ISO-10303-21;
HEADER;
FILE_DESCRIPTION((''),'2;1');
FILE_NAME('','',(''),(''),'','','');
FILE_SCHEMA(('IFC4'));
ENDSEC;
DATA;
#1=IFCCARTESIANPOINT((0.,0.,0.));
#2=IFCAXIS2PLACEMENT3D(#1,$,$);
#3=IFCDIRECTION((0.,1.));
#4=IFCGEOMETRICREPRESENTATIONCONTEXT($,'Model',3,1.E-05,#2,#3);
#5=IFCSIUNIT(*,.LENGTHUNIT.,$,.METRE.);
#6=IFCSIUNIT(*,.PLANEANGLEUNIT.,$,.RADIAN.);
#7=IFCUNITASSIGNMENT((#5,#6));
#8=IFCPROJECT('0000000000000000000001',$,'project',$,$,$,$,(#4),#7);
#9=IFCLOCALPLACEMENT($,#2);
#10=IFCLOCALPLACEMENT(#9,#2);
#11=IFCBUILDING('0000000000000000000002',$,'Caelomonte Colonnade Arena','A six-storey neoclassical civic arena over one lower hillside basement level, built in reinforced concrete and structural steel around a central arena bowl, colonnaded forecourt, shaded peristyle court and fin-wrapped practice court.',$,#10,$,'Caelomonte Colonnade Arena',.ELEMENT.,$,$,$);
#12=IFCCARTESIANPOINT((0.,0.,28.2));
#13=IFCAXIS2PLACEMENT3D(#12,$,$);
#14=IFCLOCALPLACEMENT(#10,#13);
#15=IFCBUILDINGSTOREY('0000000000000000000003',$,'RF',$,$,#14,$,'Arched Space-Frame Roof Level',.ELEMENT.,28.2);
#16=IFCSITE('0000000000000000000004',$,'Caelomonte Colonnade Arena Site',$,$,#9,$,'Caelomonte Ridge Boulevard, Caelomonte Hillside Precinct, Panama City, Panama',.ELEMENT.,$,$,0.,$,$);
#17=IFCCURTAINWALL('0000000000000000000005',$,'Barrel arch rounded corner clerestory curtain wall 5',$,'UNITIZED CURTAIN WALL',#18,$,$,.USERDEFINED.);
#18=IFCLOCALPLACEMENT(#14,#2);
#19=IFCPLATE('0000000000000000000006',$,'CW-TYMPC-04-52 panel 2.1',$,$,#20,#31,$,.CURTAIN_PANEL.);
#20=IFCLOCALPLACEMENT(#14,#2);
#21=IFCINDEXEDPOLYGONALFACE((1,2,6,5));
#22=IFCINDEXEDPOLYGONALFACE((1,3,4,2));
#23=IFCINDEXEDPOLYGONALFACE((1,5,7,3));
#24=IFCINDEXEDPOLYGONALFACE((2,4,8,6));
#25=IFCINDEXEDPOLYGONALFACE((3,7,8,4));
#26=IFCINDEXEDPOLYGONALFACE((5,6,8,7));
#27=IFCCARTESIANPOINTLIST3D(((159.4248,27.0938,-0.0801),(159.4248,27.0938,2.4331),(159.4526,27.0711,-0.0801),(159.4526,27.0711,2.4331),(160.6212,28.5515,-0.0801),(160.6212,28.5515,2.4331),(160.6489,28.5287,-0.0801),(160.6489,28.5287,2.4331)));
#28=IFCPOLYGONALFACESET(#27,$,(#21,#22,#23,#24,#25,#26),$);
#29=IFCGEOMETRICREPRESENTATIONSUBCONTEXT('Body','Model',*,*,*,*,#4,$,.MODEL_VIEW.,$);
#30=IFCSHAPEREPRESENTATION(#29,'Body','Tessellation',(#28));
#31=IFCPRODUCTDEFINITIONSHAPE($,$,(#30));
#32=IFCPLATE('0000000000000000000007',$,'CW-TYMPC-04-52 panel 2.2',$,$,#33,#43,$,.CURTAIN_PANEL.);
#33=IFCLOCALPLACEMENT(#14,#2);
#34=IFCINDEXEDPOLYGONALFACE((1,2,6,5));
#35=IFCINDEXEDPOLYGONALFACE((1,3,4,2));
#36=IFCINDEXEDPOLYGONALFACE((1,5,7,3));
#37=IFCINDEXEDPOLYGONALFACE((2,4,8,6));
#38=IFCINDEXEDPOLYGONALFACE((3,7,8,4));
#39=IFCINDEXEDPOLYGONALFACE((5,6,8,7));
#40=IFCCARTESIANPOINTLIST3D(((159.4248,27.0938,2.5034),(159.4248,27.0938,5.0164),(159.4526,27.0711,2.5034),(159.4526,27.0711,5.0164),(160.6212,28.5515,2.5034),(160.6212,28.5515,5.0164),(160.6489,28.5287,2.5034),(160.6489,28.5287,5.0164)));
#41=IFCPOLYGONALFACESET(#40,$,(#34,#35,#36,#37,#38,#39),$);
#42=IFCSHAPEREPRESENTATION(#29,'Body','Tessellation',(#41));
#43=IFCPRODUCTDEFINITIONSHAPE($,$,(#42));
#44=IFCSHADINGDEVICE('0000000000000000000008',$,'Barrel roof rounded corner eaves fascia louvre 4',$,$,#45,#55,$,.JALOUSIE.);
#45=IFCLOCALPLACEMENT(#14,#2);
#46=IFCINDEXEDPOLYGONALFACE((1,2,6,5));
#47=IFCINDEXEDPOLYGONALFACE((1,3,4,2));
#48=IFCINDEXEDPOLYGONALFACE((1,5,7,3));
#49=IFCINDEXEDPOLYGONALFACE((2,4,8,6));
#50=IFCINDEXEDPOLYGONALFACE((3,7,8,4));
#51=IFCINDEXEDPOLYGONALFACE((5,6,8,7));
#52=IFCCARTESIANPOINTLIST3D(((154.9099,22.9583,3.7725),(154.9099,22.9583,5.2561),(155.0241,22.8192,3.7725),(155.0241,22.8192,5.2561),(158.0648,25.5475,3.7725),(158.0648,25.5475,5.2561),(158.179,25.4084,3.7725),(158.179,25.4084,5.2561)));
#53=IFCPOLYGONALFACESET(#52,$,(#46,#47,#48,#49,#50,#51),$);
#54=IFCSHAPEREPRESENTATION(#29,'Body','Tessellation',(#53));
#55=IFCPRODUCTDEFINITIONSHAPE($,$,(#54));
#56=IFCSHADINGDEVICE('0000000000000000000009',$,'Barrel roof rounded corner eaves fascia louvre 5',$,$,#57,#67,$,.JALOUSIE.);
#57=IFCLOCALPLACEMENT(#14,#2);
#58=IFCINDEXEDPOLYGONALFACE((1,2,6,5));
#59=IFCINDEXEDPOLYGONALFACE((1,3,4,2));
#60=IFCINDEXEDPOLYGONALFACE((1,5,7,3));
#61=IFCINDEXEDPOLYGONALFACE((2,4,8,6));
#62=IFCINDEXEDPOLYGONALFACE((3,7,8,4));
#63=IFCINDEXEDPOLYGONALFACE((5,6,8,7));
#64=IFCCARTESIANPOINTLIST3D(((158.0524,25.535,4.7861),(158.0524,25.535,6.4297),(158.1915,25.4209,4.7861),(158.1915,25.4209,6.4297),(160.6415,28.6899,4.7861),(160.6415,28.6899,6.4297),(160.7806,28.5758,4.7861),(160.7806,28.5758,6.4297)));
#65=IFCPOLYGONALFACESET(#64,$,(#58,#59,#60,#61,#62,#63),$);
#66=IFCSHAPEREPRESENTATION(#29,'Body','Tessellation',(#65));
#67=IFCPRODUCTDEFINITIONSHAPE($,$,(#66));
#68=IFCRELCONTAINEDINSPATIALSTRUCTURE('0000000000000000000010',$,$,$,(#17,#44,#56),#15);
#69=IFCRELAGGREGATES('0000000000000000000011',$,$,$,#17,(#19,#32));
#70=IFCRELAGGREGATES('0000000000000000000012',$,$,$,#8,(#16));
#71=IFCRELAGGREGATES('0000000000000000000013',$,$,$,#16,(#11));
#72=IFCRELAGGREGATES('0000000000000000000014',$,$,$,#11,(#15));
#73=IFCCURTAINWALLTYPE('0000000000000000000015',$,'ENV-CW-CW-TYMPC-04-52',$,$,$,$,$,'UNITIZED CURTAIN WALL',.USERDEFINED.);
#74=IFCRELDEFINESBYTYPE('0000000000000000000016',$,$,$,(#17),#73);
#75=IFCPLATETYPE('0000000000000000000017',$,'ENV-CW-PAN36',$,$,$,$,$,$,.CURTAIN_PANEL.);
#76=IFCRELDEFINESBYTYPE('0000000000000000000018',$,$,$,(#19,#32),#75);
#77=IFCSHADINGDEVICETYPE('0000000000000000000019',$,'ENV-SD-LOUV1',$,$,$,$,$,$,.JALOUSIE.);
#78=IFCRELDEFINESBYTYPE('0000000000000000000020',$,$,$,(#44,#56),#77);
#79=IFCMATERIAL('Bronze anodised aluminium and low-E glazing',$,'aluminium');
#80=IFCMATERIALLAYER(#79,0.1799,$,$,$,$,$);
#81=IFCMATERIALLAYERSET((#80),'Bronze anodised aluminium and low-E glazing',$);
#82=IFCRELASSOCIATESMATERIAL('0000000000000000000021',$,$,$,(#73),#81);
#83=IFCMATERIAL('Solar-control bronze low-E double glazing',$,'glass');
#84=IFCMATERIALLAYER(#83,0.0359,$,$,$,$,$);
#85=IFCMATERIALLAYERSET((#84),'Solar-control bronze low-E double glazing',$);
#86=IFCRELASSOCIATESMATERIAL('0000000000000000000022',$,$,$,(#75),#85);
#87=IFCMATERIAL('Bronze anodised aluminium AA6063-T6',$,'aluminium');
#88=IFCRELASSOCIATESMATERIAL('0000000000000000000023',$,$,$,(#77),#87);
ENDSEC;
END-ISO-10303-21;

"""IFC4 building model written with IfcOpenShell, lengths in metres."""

from ifc_helpers import new_model, si_unit, direction, frame, origin, origin_2d, place, context, subcontext, project, spatial, rectangle, extrude, material, layer, layer_set, type_object, element, aggregate, save


model = new_model("IFC4")

# Units and contexts
model_context = context("Model", 3, precision=1e-05, world=origin(), true_north=direction((0.0, 1.0)))
body_context = subcontext(model_context, "Body", "Model", "MODEL_VIEW")
ifc_project = project(units=[si_unit("LENGTHUNIT", "METRE"), si_unit("PLANEANGLEUNIT", "RADIAN")], contexts=[model_context])

# Site, building, storey
site_placement = place(None, origin())
site = spatial("IfcSite", under=ifc_project, at=site_placement, Name="Caelomonte Colonnade Arena Site", LongName="Caelomonte Ridge Boulevard, Caelomonte Hillside Precinct, Panama City, Panama", CompositionType="ELEMENT", RefElevation=0.0)
building_placement = place(site_placement, origin())
building = spatial("IfcBuilding", under=site, at=building_placement, Name="Caelomonte Colonnade Arena", Description="A six-storey neoclassical civic arena over one lower hillside basement level, built in reinforced concrete and structural steel around a central arena bowl, colonnaded forecourt, shaded peristyle court and fin-wrapped practice court.", LongName="Caelomonte Colonnade Arena", CompositionType="ELEMENT")
storey_placement = place(building_placement, frame((0.0, 0.0, 28.2)))
storey = spatial("IfcBuildingStorey", under=building, at=storey_placement, Name="RF", LongName="Arched Space-Frame Roof Level", CompositionType="ELEMENT", Elevation=28.2)

# Shared definitions
ifc_material_1 = material(Name="Bronze anodised aluminium and low-E glazing", Category="aluminium")
ifc_material_2 = material(Name="Bronze anodised aluminium AA6063-T6", Category="aluminium")

# Curtain wall
ifc_layer_1 = layer(ifc_material_1, 0.1799)
ifc_layer_set_1 = layer_set([ifc_layer_1], Name="Bronze anodised aluminium and low-E glazing")
curtain_wall_type_1 = type_object("IfcCurtainWallType", Name="ENV-CW-CW-TYMPC-04-52", ElementType="UNITIZED CURTAIN WALL", PredefinedType="USERDEFINED", material=ifc_layer_set_1)
curtain_wall_1_placement = place(storey_placement, origin())
curtain_wall_1 = element("IfcCurtainWall", 1, at=curtain_wall_1_placement, inside=storey, type_object=curtain_wall_type_1, Name="Barrel arch rounded corner clerestory curtain wall 5", ObjectType="UNITIZED CURTAIN WALL", PredefinedType="USERDEFINED")

# Plates
ifc_material_3 = material(Name="Solar-control bronze low-E double glazing", Category="glass")
ifc_layer_2 = layer(ifc_material_3, 0.0359)
ifc_layer_set_2 = layer_set([ifc_layer_2], Name="Solar-control bronze low-E double glazing")
plate_type = type_object("IfcPlateType", Name="ENV-CW-PAN36", PredefinedType="CURTAIN_PANEL", material=ifc_layer_set_2)
plate_1_placement = place(storey_placement, frame((160.0369, 27.8113, -0.0801), z_axis=(0.0, 0.0, 1.0), x_axis=(0.634405, 0.773001, 0.0)))
plate_1 = element("IfcPlate", 2, at=plate_1_placement, type_object=plate_type, Name="CW-TYMPC-04-52 panel 2.1", PredefinedType="CURTAIN_PANEL", context=body_context, shape_type="SweptSolid", body=[
    extrude(rectangle(XDim=1.8857, YDim=0.0359, at=origin_2d()), origin(), (0.0, 0.0, 1.0), 2.5132),
])
plate_2_placement = place(storey_placement, frame((160.0369, 27.8113, 2.5034), z_axis=(0.0, 0.0, 1.0), x_axis=(0.634405, 0.773001, 0.0)))
plate_2 = element("IfcPlate", 3, at=plate_2_placement, type_object=plate_type, Name="CW-TYMPC-04-52 panel 2.2", PredefinedType="CURTAIN_PANEL", context=body_context, shape_type="SweptSolid", body=[
    extrude(rectangle(XDim=1.8857, YDim=0.0359, at=origin_2d()), origin(), (0.0, 0.0, 1.0), 2.5129),
])
aggregate(curtain_wall_1, [plate_1, plate_2])

# Shading devices
shading_device_type = type_object("IfcShadingDeviceType", Name="ENV-SD-LOUV1", PredefinedType="JALOUSIE", material=ifc_material_2)
shading_device_1_placement = place(storey_placement, frame((156.5444, 24.1833, 3.7725), z_axis=(0.0, 0.0, 1.0), x_axis=(0.773016, 0.634387, 0.0)))
element("IfcShadingDevice", 4, at=shading_device_1_placement, inside=storey, type_object=shading_device_type, Name="Barrel roof rounded corner eaves fascia louvre 4", PredefinedType="JALOUSIE", context=body_context, shape_type="SweptSolid", body=[
    extrude(rectangle(XDim=4.0813, YDim=0.1799, at=origin_2d()), origin(), (0.0, 0.0, 1.0), 1.4836),
])
shading_device_2_placement = place(storey_placement, frame((159.4165, 27.0554, 4.7861), z_axis=(0.0, 0.0, 1.0), x_axis=(0.634387, 0.773016, 0.0)))
element("IfcShadingDevice", 5, at=shading_device_2_placement, inside=storey, type_object=shading_device_type, Name="Barrel roof rounded corner eaves fascia louvre 5", PredefinedType="JALOUSIE", context=body_context, shape_type="SweptSolid", body=[
    extrude(rectangle(XDim=4.0813, YDim=0.1799, at=origin_2d()), origin(), (0.0, 0.0, 1.0), 1.6436),
])

save(model, "model.ifc")
